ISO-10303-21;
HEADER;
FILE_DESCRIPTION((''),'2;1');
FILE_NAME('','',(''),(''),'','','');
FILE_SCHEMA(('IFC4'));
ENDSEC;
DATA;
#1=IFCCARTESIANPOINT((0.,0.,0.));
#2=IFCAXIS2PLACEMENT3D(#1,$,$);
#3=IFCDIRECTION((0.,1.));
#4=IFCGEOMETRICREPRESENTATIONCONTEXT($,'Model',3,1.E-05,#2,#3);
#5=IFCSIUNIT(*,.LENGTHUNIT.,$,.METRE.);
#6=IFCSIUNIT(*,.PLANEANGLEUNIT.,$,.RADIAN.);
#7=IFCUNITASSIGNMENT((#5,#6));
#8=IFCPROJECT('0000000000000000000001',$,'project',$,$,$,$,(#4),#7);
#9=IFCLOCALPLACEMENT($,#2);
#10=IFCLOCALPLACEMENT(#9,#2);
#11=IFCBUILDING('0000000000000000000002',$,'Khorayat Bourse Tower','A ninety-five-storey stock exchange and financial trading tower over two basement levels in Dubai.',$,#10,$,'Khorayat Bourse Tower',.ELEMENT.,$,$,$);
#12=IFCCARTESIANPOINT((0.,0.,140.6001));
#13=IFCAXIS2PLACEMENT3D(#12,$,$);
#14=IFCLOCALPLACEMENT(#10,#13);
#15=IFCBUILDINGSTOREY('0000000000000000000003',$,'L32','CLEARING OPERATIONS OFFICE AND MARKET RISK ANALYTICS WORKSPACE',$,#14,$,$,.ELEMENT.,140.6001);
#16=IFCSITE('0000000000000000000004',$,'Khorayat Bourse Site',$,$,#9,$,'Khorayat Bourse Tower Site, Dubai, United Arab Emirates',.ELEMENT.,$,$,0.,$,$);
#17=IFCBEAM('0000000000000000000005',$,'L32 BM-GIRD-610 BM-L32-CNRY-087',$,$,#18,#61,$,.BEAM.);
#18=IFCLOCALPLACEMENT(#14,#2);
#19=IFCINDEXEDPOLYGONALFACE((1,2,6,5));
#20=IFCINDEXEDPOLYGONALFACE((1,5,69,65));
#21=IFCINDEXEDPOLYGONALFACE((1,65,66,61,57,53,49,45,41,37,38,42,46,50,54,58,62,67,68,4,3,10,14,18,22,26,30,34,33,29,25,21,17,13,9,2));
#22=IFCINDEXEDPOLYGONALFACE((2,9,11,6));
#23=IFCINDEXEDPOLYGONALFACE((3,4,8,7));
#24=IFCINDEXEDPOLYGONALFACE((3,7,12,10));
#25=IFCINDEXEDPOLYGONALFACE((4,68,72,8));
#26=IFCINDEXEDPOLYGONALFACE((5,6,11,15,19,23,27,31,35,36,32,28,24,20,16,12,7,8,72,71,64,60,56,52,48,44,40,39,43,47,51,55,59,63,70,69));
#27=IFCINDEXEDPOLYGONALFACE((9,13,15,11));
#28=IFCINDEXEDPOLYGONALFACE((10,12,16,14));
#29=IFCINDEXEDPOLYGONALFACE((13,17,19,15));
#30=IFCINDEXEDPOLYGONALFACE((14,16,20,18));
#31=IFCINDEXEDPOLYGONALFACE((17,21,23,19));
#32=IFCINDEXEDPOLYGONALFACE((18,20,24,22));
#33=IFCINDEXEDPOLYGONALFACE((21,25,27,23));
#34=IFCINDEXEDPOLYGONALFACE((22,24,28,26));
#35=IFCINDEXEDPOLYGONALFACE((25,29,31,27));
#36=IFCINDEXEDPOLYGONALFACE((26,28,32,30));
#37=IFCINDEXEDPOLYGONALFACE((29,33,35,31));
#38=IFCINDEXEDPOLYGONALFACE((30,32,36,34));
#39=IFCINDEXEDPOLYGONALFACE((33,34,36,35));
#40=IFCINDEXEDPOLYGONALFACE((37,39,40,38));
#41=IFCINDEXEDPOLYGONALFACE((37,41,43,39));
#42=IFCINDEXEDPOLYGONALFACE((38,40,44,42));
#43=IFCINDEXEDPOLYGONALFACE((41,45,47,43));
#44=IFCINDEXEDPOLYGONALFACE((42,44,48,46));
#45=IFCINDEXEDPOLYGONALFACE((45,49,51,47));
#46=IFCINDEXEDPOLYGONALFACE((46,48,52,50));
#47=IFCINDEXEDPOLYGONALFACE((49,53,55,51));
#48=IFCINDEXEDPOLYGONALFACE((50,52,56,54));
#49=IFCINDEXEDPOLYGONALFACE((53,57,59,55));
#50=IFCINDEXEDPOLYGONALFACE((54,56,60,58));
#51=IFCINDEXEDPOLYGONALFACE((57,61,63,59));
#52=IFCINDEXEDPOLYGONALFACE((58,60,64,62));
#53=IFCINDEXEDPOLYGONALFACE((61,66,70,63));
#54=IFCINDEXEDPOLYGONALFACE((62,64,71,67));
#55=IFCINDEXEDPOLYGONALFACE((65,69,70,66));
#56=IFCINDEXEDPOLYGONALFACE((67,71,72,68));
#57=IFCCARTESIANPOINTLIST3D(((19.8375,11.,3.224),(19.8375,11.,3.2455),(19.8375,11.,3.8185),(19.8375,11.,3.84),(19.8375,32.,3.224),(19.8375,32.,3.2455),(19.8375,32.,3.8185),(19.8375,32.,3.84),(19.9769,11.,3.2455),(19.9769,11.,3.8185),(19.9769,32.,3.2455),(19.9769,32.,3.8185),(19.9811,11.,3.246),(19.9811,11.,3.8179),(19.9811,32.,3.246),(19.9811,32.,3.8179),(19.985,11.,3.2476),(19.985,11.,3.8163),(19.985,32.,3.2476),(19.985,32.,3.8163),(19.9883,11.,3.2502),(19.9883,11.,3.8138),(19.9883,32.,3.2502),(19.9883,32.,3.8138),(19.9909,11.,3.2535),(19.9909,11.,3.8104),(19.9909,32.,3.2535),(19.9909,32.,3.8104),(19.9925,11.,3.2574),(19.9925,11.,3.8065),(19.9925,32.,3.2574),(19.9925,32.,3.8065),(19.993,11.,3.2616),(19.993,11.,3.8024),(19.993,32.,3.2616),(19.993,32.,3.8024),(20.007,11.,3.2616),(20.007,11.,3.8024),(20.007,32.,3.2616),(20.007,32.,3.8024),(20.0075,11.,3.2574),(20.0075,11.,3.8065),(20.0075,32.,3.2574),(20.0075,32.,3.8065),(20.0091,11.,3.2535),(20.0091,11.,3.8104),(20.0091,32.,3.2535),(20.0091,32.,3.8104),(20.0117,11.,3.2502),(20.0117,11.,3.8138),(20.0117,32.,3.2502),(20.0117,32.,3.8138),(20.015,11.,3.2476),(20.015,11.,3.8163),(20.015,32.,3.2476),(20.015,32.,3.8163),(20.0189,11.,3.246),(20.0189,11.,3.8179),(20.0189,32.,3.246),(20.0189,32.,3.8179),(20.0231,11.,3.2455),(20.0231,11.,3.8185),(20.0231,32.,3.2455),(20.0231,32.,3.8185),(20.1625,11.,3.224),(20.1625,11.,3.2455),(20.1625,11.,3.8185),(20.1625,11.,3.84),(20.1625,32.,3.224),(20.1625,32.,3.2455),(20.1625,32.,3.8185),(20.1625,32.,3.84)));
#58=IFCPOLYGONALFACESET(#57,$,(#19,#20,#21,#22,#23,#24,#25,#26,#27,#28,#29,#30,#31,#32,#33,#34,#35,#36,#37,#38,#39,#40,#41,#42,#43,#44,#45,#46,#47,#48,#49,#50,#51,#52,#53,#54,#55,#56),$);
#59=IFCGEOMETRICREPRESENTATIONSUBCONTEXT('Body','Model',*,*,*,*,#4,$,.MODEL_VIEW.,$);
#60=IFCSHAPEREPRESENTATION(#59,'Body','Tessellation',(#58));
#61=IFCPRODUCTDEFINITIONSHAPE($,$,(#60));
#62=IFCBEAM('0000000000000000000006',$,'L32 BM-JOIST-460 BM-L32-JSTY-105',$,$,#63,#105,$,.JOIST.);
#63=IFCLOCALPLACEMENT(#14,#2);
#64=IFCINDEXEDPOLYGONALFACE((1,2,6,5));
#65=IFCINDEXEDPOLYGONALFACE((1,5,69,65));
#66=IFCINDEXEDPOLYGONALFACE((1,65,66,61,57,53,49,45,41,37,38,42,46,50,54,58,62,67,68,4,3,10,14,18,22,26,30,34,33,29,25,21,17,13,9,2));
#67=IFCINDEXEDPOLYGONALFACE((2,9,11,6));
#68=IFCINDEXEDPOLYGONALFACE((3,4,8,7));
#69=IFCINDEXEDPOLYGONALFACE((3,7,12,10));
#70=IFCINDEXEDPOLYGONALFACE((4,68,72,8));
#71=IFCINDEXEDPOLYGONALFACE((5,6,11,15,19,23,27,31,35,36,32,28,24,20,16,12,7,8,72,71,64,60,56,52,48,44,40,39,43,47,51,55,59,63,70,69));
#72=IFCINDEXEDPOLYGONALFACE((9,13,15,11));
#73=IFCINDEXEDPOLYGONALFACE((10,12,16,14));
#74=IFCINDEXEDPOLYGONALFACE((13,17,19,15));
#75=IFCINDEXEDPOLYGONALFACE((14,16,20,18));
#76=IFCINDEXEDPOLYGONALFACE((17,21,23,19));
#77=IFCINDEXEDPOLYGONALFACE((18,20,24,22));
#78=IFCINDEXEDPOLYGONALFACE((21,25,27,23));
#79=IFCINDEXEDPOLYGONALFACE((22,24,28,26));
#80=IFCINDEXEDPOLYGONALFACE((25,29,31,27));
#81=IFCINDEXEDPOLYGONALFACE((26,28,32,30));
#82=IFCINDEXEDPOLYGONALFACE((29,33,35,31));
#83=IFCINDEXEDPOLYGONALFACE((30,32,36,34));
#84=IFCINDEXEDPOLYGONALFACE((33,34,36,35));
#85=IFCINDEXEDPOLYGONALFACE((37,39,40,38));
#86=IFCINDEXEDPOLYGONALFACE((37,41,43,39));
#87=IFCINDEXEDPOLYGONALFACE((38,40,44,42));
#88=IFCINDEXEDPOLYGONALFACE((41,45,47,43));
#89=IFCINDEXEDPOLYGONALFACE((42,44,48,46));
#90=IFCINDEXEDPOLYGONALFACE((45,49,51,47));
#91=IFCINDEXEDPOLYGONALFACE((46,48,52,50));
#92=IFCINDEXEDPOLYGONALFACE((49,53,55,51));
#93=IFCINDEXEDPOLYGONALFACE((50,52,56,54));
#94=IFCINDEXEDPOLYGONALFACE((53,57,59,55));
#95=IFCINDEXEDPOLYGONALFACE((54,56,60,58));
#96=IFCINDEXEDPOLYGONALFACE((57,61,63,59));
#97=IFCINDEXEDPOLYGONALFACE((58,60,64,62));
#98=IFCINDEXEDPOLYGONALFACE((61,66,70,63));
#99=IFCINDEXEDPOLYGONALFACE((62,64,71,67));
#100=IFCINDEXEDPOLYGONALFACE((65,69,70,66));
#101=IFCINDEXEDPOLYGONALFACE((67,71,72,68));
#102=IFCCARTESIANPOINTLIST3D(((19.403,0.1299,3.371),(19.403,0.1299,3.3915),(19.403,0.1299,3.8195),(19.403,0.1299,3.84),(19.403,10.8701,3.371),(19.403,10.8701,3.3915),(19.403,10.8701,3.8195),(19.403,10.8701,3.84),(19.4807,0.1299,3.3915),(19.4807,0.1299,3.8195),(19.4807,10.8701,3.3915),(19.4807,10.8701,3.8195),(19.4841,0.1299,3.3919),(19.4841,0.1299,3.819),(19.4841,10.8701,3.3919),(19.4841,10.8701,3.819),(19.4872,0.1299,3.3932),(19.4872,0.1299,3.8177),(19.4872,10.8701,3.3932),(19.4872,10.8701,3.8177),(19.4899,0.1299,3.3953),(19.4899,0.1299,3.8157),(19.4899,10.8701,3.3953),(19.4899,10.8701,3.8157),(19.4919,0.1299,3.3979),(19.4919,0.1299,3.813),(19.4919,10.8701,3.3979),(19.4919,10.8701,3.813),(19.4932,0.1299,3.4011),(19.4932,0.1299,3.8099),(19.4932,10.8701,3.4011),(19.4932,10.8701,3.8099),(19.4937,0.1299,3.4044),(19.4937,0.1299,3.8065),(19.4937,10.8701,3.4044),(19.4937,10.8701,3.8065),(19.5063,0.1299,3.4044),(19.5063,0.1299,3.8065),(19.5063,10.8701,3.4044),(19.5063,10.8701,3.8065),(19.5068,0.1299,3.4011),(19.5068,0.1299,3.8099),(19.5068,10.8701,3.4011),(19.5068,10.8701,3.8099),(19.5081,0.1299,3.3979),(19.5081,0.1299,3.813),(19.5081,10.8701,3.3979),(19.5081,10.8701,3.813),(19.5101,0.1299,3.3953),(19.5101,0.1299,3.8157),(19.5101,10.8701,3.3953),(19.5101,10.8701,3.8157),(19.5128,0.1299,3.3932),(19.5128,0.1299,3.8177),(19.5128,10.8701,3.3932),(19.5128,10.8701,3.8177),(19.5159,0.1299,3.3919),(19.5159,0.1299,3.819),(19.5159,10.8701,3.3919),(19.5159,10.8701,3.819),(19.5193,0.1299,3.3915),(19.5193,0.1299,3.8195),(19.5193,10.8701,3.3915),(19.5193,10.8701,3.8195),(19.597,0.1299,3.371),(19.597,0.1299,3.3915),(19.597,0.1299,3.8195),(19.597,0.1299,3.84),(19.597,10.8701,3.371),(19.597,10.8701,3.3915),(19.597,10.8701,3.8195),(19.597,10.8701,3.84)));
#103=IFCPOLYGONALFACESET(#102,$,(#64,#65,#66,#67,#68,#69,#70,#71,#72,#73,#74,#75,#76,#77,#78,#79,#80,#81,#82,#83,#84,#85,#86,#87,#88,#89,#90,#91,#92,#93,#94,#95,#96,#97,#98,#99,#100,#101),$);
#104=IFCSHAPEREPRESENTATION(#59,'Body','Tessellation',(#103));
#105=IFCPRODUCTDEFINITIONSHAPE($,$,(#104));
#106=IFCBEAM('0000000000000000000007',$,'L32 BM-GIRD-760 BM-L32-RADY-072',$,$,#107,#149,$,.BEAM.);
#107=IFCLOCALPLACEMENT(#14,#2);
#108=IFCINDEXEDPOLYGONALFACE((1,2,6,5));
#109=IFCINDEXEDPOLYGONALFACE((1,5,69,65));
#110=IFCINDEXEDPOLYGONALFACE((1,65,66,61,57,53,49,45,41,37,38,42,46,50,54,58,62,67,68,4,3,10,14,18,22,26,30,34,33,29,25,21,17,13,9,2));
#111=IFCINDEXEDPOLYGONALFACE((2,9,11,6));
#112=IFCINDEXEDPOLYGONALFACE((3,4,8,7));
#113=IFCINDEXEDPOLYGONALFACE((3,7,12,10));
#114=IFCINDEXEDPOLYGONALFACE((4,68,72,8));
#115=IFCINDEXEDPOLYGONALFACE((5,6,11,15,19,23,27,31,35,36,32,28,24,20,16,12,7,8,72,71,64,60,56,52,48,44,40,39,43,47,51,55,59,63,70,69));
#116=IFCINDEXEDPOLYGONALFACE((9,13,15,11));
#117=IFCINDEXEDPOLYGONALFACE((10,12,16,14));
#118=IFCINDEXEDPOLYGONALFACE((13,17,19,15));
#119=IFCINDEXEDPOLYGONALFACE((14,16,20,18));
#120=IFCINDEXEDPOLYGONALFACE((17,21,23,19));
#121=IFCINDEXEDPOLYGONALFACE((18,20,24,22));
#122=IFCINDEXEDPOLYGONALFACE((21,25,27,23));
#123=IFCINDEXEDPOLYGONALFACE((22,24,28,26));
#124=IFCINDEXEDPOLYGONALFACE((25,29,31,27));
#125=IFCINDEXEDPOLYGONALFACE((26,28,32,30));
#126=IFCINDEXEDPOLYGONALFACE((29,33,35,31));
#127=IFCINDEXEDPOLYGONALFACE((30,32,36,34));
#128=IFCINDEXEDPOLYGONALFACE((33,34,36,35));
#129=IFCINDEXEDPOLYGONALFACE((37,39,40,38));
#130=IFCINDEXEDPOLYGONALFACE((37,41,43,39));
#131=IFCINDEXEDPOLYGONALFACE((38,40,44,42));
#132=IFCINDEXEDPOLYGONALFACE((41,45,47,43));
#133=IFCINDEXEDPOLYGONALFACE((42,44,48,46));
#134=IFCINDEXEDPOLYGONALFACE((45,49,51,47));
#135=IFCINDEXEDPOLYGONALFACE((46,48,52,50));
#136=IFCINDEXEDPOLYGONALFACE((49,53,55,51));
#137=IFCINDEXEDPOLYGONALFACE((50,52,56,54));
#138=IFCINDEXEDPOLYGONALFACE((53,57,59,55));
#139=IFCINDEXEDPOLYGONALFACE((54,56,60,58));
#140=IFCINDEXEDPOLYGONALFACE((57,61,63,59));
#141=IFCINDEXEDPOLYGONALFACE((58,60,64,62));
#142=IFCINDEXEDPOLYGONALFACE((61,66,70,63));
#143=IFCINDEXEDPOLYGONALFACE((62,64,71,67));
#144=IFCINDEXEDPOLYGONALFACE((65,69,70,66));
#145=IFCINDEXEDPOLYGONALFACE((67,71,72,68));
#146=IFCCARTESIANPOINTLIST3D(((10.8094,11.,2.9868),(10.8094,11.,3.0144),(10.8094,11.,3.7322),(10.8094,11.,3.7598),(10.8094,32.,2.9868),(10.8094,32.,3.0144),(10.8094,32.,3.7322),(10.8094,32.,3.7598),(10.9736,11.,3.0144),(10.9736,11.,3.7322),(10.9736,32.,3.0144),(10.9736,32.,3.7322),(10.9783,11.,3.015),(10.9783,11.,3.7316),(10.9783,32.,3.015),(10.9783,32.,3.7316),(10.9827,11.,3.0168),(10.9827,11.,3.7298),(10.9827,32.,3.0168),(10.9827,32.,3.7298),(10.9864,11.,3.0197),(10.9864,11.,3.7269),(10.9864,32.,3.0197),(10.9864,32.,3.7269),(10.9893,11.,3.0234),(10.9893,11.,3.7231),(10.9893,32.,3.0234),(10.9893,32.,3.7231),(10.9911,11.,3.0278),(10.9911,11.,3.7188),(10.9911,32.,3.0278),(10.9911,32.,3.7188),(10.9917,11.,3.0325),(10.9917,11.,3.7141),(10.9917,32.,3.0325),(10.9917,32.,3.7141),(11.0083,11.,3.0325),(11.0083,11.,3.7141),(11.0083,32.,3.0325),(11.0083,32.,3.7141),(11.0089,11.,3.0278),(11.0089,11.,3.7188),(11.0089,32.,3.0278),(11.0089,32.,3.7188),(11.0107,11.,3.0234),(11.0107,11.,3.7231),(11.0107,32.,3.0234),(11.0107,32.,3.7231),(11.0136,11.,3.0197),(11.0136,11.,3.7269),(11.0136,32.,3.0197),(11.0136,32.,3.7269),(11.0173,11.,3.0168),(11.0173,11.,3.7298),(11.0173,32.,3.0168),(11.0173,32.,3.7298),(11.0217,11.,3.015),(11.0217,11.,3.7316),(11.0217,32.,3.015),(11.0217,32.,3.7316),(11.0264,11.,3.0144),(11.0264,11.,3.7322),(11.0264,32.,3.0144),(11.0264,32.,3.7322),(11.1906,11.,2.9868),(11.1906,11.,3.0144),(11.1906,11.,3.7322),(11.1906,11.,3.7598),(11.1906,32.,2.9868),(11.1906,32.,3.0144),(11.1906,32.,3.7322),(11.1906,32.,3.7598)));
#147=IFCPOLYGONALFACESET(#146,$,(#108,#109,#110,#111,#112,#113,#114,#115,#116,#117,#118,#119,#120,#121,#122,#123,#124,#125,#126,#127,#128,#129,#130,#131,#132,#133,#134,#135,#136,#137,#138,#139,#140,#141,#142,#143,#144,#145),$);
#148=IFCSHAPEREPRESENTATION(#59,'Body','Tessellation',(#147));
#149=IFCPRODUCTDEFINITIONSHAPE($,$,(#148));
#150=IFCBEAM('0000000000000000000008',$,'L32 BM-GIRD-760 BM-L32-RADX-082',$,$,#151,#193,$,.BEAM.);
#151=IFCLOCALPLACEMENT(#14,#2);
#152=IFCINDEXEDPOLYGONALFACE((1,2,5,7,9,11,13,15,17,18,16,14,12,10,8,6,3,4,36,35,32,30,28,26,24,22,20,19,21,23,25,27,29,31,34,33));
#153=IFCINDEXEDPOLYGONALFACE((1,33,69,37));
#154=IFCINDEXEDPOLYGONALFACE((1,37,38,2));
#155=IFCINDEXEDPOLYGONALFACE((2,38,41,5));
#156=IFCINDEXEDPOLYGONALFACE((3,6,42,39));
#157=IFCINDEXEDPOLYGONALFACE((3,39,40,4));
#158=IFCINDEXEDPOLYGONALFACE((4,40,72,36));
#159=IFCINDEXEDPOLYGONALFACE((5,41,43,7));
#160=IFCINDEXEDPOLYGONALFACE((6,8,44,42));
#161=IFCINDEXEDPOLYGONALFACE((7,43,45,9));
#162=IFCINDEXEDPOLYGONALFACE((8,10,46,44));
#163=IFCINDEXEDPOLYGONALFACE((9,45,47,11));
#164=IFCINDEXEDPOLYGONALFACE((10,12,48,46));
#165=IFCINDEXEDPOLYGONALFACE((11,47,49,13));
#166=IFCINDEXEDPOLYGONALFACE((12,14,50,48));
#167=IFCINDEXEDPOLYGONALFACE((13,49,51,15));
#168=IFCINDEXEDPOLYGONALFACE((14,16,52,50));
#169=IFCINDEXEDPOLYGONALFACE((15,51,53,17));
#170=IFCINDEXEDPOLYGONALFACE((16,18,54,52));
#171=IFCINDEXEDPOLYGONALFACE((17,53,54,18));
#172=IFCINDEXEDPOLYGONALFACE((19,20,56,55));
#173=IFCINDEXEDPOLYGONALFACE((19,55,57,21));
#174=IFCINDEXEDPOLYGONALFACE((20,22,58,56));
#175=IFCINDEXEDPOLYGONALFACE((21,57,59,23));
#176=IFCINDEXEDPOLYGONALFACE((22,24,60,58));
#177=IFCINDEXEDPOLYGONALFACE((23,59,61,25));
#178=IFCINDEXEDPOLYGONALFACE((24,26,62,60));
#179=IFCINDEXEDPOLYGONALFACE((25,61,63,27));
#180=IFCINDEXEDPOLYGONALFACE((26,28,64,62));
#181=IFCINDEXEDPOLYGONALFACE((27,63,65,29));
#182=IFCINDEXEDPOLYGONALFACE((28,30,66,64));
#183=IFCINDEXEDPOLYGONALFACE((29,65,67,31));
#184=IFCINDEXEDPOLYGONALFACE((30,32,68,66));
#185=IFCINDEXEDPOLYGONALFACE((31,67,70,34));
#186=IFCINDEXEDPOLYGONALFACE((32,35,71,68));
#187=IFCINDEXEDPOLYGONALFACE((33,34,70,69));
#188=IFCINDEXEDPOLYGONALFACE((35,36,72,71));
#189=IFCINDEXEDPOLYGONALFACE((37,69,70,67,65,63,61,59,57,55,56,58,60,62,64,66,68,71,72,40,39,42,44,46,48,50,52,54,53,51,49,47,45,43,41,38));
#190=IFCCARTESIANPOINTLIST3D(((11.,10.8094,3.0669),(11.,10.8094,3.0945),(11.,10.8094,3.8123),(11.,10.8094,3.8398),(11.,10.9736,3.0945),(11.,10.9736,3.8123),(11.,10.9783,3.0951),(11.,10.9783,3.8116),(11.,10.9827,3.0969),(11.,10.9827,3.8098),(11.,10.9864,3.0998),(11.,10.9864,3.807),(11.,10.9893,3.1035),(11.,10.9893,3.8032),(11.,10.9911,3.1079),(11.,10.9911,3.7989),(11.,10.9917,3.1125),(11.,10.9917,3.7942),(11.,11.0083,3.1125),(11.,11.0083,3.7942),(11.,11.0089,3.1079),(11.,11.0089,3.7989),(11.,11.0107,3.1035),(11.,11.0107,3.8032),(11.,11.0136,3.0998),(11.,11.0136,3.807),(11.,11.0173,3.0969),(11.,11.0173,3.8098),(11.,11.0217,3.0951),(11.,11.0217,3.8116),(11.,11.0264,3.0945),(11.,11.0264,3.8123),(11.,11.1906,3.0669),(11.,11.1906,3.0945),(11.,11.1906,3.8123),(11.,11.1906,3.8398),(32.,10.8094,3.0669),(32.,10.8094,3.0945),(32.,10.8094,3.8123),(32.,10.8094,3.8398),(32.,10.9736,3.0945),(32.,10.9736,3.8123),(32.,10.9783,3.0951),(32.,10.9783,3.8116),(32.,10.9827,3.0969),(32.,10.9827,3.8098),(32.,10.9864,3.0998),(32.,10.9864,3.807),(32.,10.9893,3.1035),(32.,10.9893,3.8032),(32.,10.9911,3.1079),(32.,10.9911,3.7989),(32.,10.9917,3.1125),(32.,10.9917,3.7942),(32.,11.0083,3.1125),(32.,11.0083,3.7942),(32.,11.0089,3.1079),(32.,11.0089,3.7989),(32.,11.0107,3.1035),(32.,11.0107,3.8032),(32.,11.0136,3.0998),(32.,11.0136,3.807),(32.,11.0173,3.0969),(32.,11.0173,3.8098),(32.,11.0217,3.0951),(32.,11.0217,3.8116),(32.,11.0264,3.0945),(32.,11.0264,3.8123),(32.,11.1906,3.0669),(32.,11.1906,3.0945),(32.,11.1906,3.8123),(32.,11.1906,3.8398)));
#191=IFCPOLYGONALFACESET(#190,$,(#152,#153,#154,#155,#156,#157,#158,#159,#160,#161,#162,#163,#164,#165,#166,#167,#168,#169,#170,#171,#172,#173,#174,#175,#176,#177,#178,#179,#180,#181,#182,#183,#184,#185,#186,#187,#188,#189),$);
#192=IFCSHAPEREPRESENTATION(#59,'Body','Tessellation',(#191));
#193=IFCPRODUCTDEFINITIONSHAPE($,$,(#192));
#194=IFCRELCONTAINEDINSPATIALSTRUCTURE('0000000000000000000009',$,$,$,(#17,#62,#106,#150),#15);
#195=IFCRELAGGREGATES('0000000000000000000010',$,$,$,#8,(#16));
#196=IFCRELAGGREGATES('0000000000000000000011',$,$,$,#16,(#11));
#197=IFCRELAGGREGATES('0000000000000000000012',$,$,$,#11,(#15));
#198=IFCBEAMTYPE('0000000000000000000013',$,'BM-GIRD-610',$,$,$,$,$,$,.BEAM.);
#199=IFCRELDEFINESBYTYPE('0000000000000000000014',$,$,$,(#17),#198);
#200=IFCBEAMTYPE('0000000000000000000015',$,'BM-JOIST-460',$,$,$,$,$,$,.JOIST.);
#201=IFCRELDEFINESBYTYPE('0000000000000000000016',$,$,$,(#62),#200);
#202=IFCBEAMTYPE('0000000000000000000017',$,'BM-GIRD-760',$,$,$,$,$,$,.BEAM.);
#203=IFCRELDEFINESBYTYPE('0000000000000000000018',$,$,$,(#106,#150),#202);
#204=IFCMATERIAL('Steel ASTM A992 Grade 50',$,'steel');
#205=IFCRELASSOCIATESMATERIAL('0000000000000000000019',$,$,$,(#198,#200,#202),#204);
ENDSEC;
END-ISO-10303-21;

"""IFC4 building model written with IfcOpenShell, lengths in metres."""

from ifc_helpers import new_model, si_unit, direction, frame, origin, origin_2d, place, context, subcontext, project, spatial, i_section, extrude, source, transform, mapped, material, material_profile, profile_set, type_object, element, save


model = new_model("IFC4")

# Units and contexts
model_context = context("Model", 3, precision=1e-05, world=origin(), true_north=direction((0.0, 1.0)))
body_context = subcontext(model_context, "Body", "Model", "MODEL_VIEW")
ifc_project = project(units=[si_unit("LENGTHUNIT", "METRE"), si_unit("PLANEANGLEUNIT", "RADIAN")], contexts=[model_context])

# Site, building, storey
site_placement = place(None, origin())
site = spatial("IfcSite", under=ifc_project, at=site_placement, Name="Khorayat Bourse Site", LongName="Khorayat Bourse Tower Site, Dubai, United Arab Emirates", CompositionType="ELEMENT", RefElevation=0.0)
building_placement = place(site_placement, origin())
building = spatial("IfcBuilding", under=site, at=building_placement, Name="Khorayat Bourse Tower", Description="A ninety-five-storey stock exchange and financial trading tower over two basement levels in Dubai.", LongName="Khorayat Bourse Tower", CompositionType="ELEMENT")
storey_placement = place(building_placement, frame((0.0, 0.0, 140.6001)))
storey = spatial("IfcBuildingStorey", under=building, at=storey_placement, Name="L32", Description="CLEARING OPERATIONS OFFICE AND MARKET RISK ANALYTICS WORKSPACE", CompositionType="ELEMENT", Elevation=140.6001)

# Beams
ifc_material_1 = material(Name="Steel ASTM A992 Grade 50", Category="steel")
ifc_material_profile_1 = material_profile(ifc_material_1, i_section(OverallWidth=0.325, OverallDepth=0.616, WebThickness=0.0139, FlangeThickness=0.0215, FilletRadius=0.0161, at=origin_2d()), Name="W610X174")
ifc_profile_set_1 = profile_set([ifc_material_profile_1], Name="Steel ASTM A992 Grade 50")
beam_type_1 = type_object("IfcBeamType", Name="BM-GIRD-610", PredefinedType="BEAM", material=ifc_profile_set_1)
shared_shape_1 = source(origin(), body_context, "Body", "SweptSolid", [
    extrude(i_section(OverallWidth=0.325, OverallDepth=0.616, WebThickness=0.0139, FlangeThickness=0.0215, FilletRadius=0.0161, at=origin_2d()), origin(), (0.0, 0.0, 1.0), 21.0),
])
beam_1_placement = place(storey_placement, frame((20.0, 11.0, 3.532), z_axis=(0.0, 1.0, 0.0), x_axis=(-1.0, 0.0, 0.0)))
element("IfcBeam", 1, at=beam_1_placement, inside=storey, type_object=beam_type_1, Name="L32 BM-GIRD-610 BM-L32-CNRY-087", PredefinedType="BEAM", context=body_context, shape_type="MappedRepresentation", body=[
    mapped(shared_shape_1, transform((0.0, 0.0, 0.0), scale=1.0)),
])
ifc_material_profile_2 = material_profile(ifc_material_1, i_section(OverallWidth=0.1941, OverallDepth=0.469, WebThickness=0.0127, FlangeThickness=0.0205, FilletRadius=0.0129, at=origin_2d()), Name="W460X106")
ifc_profile_set_2 = profile_set([ifc_material_profile_2], Name="Steel ASTM A992 Grade 50")
beam_type_2 = type_object("IfcBeamType", Name="BM-JOIST-460", PredefinedType="JOIST", material=ifc_profile_set_2)
shared_shape_2 = source(origin(), body_context, "Body", "SweptSolid", [
    extrude(i_section(OverallWidth=0.1941, OverallDepth=0.469, WebThickness=0.0127, FlangeThickness=0.0205, FilletRadius=0.0129, at=origin_2d()), origin(), (0.0, 0.0, 1.0), 10.7402),
])
beam_2_placement = place(storey_placement, frame((19.5, 0.1299, 3.6055), z_axis=(0.0, 1.0, 0.0), x_axis=(-1.0, 0.0, 0.0)))
element("IfcBeam", 2, at=beam_2_placement, inside=storey, type_object=beam_type_2, Name="L32 BM-JOIST-460 BM-L32-JSTY-105", PredefinedType="JOIST", context=body_context, shape_type="MappedRepresentation", body=[
    mapped(shared_shape_2, transform((0.0, 0.0, 0.0), scale=1.0)),
])
ifc_material_profile_3 = material_profile(ifc_material_1, i_section(OverallWidth=0.3811, OverallDepth=0.7729, WebThickness=0.0166, FlangeThickness=0.0276, FilletRadius=0.0181, at=origin_2d()), Name="W760X257")
ifc_profile_set_3 = profile_set([ifc_material_profile_3], Name="Steel ASTM A992 Grade 50")
beam_type_3 = type_object("IfcBeamType", Name="BM-GIRD-760", PredefinedType="BEAM", material=ifc_profile_set_3)
shared_shape_3 = source(origin(), body_context, "Body", "SweptSolid", [
    extrude(i_section(OverallWidth=0.3811, OverallDepth=0.7729, WebThickness=0.0166, FlangeThickness=0.0276, FilletRadius=0.0181, at=origin_2d()), origin(), (0.0, 0.0, 1.0), 21.0),
])
for number, where, z_axis, x_axis, name in (
    (3, (11.0, 11.0, 3.3733), (0.0, 1.0, 0.0), (-1.0, 0.0, 0.0), "L32 BM-GIRD-760 BM-L32-RADY-072"),
    (4, (11.0, 11.0, 3.4534), (1.0, 0.0, 0.0), (0.0, 1.0, 0.0), "L32 BM-GIRD-760 BM-L32-RADX-082"),
):
    element("IfcBeam", number, at=place(storey_placement, frame(where, z_axis=z_axis, x_axis=x_axis)), inside=storey, type_object=beam_type_3, Name=name, PredefinedType="BEAM", context=body_context, shape_type="MappedRepresentation", body=[
        mapped(shared_shape_3, transform((0.0, 0.0, 0.0), scale=1.0)),
    ])

save(model, "model.ifc")
